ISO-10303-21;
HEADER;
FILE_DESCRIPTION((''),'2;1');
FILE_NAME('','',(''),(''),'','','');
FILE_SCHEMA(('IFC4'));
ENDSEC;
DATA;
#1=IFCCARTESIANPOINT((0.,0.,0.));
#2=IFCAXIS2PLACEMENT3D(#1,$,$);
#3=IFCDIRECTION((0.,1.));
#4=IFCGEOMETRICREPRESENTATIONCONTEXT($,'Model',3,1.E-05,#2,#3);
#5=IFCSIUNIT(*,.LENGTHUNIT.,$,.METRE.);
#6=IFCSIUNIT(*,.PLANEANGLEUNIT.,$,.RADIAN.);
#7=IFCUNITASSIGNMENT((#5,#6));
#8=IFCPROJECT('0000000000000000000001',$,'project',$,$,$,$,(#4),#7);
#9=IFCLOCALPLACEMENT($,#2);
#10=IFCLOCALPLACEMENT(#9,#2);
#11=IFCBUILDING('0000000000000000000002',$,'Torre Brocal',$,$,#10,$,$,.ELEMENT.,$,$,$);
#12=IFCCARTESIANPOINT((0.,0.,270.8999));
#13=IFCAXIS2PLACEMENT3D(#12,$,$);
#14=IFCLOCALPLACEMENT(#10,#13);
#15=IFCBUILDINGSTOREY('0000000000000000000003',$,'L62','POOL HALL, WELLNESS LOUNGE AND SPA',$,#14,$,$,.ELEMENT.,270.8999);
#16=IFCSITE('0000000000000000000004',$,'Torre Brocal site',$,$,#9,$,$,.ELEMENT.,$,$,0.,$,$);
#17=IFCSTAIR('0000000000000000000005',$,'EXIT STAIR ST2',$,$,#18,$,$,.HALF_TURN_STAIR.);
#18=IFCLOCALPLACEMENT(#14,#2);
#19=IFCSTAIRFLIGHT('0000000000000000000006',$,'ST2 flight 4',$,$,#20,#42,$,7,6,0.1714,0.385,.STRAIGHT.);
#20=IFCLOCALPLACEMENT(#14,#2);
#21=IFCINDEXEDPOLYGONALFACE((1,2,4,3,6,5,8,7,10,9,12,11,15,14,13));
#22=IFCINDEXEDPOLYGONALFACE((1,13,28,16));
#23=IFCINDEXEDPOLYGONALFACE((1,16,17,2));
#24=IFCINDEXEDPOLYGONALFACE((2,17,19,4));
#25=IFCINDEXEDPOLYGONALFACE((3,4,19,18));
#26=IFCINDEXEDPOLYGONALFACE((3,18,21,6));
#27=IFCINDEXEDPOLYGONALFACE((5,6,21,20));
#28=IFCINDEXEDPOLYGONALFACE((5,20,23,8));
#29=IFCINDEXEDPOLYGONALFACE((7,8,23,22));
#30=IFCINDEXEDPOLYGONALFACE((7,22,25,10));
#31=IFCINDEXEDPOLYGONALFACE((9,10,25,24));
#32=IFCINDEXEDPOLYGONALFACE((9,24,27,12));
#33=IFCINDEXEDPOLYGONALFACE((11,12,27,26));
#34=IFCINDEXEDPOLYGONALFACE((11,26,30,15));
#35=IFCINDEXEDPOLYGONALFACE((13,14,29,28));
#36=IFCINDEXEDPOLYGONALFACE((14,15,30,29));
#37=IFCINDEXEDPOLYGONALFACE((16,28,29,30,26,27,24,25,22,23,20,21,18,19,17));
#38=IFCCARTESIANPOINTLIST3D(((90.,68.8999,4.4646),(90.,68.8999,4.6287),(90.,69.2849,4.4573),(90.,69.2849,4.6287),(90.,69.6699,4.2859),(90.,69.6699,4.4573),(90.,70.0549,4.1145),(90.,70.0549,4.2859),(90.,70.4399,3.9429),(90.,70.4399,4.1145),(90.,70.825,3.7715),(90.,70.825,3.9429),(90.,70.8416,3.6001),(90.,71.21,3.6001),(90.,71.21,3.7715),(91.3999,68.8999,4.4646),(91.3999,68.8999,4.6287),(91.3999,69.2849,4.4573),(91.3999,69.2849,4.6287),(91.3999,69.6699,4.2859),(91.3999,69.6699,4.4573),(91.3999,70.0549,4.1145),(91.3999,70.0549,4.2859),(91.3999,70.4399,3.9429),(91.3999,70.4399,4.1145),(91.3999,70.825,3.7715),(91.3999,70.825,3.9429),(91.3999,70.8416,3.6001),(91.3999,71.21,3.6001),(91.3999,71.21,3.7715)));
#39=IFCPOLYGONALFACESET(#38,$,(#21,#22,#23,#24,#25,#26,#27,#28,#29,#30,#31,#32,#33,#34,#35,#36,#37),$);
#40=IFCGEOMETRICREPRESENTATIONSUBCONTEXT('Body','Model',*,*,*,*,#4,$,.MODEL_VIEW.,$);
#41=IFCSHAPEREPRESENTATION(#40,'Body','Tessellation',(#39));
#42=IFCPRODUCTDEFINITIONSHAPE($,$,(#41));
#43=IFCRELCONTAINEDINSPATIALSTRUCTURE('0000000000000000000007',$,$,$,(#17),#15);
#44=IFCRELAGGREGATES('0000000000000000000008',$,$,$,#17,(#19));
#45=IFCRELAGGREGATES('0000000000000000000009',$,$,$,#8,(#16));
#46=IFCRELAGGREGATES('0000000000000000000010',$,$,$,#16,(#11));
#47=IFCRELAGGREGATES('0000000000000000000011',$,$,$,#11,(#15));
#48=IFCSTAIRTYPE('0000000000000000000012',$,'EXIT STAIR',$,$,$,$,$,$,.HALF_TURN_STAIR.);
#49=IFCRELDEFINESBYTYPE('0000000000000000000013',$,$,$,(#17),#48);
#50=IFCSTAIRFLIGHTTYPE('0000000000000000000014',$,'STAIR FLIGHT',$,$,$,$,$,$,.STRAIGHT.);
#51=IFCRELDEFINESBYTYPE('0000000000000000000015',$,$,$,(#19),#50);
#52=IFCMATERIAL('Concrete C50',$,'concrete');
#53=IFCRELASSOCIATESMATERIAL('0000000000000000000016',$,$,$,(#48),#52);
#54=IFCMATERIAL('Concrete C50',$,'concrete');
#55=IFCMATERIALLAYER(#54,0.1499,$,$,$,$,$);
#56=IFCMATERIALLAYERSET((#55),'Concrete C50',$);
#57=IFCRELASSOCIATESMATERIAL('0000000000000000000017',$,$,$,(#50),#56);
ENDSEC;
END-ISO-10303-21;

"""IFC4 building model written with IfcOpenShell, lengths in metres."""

from ifc_helpers import new_model, si_unit, direction, frame, origin, place, context, subcontext, project, spatial, polyline, outline, extrude, material, layer, layer_set, type_object, element, aggregate, save


model = new_model("IFC4")

# Units and contexts
model_context = context("Model", 3, precision=1e-05, world=origin(), true_north=direction((0.0, 1.0)))
body_context = subcontext(model_context, "Body", "Model", "MODEL_VIEW")
ifc_project = project(units=[si_unit("LENGTHUNIT", "METRE"), si_unit("PLANEANGLEUNIT", "RADIAN")], contexts=[model_context])

# Site, building, storey
site_placement = place(None, origin())
site = spatial("IfcSite", under=ifc_project, at=site_placement, Name="Torre Brocal site", CompositionType="ELEMENT", RefElevation=0.0)
building_placement = place(site_placement, origin())
building = spatial("IfcBuilding", under=site, at=building_placement, Name="Torre Brocal", CompositionType="ELEMENT")
storey_placement = place(building_placement, frame((0.0, 0.0, 270.8999)))
storey = spatial("IfcBuildingStorey", under=building, at=storey_placement, Name="L62", Description="POOL HALL, WELLNESS LOUNGE AND SPA", CompositionType="ELEMENT", Elevation=270.8999)

# Stair, stair flight
ifc_material_1 = material(Name="Concrete C50", Category="concrete")
stair_type = type_object("IfcStairType", Name="EXIT STAIR", PredefinedType="HALF_TURN_STAIR", material=ifc_material_1)
stair_placement = place(storey_placement, origin())
stair = element("IfcStair", 1, at=stair_placement, inside=storey, type_object=stair_type, Name="EXIT STAIR ST2", PredefinedType="HALF_TURN_STAIR")
ifc_material_2 = material(Name="Concrete C50", Category="concrete")
ifc_layer_1 = layer(ifc_material_2, 0.1499)
ifc_layer_set_1 = layer_set([ifc_layer_1], Name="Concrete C50")
stair_flight_type = type_object("IfcStairFlightType", Name="STAIR FLIGHT", PredefinedType="STRAIGHT", material=ifc_layer_set_1)
stair_flight_1_placement = place(storey_placement, frame((90.7, 71.21, 3.6001), z_axis=(0.0, 0.0, 1.0), x_axis=(0.0, -1.0, 0.0)))
stair_flight_1 = element("IfcStairFlight", 2, at=stair_flight_1_placement, type_object=stair_flight_type, Name="ST2 flight 4", NumberOfRisers=7, NumberOfTreads=6, PredefinedType="STRAIGHT", RiserHeight=0.1714, TreadLength=0.385, context=body_context, shape_type="SweptSolid", body=[
    extrude(outline(polyline([(0.0, 0.0), (0.0, 0.1714), (0.385, 0.1714), (0.385, 0.3428), (0.77, 0.3428), (0.77, 0.5144), (1.155, 0.5144), (1.155, 0.6858), (1.54, 0.6858), (1.54, 0.8572), (1.925, 0.8572), (1.925, 1.0286), (2.3101, 1.0286), (2.3101, 1.2), (2.3101, 0.8645), (0.3684, 0.0), (0.0, 0.0)])), frame((0.0, 0.7, 0.0), z_axis=(0.0, -1.0, 0.0), x_axis=(1.0, 0.0, 0.0)), (0.0, 0.0, 1.0), 1.3999),
])
aggregate(stair, [stair_flight_1])

save(model, "model.ifc")
